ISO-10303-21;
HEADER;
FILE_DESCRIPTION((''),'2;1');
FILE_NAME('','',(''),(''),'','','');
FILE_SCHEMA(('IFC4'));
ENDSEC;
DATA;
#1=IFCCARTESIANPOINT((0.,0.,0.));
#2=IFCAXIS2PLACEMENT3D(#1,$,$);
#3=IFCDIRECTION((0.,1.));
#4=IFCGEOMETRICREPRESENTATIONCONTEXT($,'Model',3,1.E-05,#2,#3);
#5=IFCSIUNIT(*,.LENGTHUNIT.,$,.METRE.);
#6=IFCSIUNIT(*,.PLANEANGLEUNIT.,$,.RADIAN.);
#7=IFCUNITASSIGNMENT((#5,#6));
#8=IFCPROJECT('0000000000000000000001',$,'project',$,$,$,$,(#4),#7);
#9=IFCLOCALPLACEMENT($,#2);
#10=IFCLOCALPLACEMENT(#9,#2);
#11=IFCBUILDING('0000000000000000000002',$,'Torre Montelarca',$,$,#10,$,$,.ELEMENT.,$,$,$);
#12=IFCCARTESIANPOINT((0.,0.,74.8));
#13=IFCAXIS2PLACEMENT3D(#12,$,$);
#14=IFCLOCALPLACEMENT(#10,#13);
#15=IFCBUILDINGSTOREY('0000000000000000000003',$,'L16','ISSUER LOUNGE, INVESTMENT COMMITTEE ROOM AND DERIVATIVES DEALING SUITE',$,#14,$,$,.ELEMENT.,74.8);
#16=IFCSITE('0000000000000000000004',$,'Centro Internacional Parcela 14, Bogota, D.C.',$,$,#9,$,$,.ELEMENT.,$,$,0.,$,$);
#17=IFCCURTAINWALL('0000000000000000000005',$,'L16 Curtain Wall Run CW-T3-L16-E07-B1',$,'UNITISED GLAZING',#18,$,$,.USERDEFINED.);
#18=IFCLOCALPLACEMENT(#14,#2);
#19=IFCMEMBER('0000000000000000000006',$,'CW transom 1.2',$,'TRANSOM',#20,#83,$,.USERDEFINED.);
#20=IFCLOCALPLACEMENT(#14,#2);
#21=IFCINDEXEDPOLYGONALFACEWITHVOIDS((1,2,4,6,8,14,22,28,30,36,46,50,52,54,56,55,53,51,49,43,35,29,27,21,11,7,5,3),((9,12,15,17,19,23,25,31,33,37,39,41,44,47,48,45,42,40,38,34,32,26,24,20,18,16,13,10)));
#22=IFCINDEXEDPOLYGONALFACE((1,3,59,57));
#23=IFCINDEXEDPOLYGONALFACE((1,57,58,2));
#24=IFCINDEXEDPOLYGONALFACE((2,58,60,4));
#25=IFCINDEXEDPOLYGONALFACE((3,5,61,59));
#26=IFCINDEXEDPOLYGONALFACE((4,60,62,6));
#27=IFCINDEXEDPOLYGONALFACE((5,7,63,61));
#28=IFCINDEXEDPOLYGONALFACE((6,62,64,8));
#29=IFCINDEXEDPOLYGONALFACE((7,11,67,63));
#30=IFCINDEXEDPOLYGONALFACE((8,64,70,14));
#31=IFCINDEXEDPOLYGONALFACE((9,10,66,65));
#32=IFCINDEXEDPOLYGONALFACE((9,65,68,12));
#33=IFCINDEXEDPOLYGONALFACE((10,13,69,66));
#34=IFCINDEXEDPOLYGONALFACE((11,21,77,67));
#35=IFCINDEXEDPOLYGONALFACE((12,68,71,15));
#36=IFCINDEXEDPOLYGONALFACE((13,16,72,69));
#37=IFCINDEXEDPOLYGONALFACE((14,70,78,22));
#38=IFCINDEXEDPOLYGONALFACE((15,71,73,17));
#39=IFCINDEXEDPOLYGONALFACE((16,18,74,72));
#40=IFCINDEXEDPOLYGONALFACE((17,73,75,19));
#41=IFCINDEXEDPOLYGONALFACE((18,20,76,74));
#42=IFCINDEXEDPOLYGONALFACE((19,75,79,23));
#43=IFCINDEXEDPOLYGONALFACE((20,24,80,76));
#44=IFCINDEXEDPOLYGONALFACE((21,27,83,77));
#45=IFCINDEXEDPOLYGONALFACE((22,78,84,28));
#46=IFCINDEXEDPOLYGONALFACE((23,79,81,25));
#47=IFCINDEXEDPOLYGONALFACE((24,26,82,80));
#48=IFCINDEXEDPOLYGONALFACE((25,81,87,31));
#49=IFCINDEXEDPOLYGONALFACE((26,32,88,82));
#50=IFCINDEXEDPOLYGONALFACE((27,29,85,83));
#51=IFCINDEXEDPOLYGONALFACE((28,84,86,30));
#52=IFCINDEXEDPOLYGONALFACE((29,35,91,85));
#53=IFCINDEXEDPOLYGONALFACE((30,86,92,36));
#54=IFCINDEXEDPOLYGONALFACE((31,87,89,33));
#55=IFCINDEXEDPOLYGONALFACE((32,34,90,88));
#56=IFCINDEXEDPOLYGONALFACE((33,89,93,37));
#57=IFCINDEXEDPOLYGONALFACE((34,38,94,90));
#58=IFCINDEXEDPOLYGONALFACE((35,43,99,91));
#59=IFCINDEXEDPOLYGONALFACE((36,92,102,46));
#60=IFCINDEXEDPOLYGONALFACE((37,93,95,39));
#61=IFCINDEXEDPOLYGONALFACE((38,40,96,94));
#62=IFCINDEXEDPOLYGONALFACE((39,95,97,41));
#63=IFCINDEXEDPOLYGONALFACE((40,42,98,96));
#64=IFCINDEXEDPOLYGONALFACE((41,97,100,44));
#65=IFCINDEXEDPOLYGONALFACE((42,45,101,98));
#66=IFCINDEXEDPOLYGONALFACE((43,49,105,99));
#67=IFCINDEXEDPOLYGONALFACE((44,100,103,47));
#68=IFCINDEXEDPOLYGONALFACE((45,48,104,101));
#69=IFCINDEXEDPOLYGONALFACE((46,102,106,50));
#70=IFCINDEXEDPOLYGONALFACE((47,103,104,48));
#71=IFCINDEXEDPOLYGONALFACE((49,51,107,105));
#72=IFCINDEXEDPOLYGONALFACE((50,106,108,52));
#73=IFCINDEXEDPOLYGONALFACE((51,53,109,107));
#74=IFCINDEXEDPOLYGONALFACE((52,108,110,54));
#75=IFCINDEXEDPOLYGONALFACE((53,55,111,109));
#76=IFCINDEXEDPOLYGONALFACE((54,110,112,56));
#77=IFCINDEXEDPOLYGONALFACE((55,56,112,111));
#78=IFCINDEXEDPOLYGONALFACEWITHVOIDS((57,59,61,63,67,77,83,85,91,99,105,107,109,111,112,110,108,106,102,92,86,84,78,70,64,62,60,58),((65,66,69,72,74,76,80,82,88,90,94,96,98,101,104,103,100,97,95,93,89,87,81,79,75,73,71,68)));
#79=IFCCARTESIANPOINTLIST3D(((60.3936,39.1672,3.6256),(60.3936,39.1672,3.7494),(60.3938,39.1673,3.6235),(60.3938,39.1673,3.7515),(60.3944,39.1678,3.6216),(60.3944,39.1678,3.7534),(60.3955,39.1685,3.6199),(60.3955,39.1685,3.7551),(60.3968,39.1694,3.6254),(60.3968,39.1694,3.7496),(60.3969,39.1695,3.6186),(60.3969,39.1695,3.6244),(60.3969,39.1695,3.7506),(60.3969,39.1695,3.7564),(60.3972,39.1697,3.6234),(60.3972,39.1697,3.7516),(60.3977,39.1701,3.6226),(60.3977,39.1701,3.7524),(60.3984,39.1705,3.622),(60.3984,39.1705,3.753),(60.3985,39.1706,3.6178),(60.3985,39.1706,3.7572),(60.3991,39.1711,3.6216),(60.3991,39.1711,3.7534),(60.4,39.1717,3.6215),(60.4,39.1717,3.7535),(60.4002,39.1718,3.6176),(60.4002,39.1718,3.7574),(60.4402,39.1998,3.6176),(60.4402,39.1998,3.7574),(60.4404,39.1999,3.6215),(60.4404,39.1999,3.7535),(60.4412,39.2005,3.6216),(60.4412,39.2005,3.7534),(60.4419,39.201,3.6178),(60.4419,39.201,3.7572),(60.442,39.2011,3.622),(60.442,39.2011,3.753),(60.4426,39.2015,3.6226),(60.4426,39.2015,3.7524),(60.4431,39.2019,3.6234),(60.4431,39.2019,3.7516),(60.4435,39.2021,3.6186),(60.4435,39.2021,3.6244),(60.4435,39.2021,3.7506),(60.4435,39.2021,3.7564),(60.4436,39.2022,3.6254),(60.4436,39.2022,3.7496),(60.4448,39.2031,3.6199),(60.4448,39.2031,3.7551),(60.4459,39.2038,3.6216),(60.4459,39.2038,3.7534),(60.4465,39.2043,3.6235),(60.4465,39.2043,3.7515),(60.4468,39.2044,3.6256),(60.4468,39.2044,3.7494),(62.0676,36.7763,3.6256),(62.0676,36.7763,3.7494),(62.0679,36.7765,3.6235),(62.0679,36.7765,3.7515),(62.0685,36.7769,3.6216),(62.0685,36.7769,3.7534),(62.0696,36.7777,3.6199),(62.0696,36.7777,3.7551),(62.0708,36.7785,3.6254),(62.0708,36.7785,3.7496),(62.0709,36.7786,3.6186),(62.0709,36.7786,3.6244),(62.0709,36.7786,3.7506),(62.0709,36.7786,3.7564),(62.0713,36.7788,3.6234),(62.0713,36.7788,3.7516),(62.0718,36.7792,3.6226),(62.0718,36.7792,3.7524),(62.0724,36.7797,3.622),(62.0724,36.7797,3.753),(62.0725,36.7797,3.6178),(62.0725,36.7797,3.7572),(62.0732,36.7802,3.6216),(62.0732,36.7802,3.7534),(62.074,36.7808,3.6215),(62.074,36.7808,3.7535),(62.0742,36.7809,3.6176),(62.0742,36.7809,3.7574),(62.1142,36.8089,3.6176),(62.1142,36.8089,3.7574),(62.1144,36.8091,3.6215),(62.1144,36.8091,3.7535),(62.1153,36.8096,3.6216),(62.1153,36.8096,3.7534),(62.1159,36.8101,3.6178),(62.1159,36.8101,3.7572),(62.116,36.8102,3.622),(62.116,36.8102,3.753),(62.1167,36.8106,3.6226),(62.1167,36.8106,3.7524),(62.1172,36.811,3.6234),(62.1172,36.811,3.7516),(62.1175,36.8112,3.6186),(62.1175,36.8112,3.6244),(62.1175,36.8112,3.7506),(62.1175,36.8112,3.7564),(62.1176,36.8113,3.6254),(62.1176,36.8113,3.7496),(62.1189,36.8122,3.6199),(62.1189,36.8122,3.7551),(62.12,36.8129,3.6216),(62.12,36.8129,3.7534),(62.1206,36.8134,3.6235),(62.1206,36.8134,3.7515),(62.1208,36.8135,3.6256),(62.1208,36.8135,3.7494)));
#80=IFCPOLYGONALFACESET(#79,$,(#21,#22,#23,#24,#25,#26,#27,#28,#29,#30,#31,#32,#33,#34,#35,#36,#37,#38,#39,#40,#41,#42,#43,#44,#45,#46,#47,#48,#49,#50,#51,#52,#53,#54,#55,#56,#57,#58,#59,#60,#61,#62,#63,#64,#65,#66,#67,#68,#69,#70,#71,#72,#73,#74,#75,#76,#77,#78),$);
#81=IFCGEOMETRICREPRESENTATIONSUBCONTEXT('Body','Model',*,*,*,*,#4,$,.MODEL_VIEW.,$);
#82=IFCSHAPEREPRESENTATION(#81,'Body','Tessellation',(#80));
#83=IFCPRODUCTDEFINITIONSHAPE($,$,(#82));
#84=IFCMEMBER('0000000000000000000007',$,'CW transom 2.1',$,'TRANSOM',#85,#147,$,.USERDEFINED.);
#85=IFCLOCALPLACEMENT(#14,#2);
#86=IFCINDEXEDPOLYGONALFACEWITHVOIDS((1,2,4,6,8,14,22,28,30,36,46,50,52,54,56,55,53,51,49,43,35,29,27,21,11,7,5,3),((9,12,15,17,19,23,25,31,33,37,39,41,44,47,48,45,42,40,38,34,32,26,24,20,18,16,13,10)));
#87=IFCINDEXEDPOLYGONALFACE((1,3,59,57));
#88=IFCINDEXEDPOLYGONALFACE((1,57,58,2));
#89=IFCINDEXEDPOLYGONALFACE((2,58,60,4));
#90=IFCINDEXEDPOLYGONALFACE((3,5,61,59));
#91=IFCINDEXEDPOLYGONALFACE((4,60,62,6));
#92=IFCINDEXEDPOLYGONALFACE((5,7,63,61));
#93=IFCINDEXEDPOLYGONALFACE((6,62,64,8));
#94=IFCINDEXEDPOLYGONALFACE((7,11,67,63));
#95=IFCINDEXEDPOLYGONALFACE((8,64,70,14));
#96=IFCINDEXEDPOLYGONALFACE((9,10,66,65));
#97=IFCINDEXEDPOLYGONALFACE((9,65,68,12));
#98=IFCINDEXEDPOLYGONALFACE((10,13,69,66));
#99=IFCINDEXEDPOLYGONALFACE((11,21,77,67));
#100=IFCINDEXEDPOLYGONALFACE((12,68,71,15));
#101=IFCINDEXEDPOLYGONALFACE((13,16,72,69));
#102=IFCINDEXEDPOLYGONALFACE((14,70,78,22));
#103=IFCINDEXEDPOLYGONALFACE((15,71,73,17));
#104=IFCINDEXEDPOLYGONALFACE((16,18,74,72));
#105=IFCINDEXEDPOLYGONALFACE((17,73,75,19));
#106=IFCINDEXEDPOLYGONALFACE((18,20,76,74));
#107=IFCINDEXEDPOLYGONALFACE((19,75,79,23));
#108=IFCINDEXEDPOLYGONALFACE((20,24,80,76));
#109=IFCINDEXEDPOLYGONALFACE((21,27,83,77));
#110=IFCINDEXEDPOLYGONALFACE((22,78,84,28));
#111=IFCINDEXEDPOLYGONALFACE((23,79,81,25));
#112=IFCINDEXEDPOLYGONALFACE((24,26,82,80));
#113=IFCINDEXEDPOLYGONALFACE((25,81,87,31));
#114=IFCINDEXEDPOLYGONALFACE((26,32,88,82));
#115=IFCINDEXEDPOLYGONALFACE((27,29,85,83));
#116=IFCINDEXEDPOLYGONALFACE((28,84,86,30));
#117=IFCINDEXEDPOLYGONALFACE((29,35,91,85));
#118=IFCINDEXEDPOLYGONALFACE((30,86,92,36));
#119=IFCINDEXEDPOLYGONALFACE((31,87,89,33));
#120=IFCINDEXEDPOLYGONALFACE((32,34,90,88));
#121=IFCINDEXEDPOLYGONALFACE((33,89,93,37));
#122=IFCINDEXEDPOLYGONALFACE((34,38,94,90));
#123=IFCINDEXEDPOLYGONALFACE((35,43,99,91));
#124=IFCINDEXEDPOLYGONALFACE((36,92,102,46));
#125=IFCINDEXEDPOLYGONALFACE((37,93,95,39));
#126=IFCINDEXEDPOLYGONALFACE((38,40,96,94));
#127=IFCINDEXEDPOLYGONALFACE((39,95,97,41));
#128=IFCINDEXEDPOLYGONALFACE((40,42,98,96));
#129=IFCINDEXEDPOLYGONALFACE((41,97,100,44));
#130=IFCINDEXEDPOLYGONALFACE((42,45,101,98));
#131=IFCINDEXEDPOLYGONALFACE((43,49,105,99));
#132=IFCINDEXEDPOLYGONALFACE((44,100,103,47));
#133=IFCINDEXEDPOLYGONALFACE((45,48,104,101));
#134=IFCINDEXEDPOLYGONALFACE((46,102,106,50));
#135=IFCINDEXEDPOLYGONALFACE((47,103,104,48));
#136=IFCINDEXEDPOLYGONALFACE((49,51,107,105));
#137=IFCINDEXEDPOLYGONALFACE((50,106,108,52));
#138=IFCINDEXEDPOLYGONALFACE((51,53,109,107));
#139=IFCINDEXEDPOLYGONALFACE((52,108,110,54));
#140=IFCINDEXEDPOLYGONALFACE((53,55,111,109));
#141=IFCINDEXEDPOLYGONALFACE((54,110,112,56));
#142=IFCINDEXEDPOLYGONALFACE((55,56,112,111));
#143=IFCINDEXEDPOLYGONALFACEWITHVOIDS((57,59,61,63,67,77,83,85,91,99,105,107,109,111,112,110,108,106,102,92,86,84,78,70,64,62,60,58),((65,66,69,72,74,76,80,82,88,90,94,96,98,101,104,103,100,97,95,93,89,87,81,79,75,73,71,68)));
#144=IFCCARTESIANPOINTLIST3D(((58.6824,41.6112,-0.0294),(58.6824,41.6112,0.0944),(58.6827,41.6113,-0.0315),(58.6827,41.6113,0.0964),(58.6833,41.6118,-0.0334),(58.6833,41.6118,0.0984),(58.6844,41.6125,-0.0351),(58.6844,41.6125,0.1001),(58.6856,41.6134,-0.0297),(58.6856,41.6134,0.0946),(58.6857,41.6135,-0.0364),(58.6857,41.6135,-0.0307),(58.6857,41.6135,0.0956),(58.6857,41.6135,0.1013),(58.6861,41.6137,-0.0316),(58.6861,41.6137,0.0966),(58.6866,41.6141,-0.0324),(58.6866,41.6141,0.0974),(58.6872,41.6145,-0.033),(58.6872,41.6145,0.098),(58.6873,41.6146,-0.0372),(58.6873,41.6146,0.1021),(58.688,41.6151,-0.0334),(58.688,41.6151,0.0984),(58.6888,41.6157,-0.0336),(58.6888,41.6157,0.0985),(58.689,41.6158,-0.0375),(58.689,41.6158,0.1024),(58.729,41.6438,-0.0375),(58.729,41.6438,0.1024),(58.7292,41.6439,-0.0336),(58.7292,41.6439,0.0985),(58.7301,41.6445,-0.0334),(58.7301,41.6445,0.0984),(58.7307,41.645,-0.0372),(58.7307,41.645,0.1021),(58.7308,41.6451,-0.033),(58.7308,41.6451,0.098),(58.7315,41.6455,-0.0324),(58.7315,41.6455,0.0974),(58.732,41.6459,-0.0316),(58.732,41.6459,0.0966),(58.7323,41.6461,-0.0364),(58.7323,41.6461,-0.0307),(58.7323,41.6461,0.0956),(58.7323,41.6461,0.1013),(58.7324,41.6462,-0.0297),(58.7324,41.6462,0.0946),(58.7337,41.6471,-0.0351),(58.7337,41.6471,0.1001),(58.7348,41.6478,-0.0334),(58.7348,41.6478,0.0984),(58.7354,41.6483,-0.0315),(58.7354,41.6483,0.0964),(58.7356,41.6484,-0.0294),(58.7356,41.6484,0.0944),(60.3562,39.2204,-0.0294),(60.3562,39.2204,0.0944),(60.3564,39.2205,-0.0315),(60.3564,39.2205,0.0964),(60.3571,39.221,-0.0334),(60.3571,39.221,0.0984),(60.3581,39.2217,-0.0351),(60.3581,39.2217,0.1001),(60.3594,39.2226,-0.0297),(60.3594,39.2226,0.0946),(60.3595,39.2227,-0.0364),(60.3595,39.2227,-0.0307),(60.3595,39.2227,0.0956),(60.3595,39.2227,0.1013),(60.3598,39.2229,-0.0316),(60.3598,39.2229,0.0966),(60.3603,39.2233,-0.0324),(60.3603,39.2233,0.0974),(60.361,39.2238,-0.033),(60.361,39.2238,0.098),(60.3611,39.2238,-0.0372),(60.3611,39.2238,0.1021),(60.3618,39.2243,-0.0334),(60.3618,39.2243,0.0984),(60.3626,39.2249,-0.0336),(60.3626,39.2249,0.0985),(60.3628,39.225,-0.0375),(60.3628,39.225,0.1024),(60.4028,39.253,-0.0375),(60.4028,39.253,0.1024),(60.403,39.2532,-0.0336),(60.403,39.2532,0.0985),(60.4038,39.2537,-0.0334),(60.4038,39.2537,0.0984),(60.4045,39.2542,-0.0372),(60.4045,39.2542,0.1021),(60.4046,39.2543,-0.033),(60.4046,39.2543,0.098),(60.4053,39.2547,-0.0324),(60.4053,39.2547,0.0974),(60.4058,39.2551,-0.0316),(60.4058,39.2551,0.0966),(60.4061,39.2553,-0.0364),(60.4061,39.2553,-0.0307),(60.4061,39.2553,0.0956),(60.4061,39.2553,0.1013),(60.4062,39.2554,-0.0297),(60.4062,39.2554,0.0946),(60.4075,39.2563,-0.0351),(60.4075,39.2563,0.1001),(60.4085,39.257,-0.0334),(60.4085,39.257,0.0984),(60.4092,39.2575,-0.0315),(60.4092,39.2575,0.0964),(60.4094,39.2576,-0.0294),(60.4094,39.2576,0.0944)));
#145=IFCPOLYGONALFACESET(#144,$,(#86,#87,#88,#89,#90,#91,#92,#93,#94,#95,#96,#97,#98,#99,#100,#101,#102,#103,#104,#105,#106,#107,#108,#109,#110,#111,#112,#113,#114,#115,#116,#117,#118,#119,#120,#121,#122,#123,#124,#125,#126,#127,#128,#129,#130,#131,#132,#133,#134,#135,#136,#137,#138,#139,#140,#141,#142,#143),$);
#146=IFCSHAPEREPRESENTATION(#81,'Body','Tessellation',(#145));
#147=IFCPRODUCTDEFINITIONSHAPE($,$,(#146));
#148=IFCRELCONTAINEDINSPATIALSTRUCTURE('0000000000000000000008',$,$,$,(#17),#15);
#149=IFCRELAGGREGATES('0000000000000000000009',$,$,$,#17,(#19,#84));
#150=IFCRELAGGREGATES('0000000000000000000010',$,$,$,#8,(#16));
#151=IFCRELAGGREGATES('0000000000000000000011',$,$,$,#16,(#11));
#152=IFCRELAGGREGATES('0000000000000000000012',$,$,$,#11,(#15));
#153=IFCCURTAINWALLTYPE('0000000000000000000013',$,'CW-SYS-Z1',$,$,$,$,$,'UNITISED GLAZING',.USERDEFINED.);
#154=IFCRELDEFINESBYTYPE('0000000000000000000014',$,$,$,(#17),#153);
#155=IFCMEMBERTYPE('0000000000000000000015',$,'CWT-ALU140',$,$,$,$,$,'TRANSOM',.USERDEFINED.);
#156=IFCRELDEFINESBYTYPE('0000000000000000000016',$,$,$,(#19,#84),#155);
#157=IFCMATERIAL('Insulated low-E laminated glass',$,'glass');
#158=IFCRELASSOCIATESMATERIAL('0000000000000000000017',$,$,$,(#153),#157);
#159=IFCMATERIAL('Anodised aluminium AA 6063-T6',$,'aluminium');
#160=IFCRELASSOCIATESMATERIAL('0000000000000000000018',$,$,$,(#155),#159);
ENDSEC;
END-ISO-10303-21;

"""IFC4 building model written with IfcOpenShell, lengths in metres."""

from ifc_helpers import new_model, si_unit, direction, frame, origin, origin_2d, place, context, subcontext, project, spatial, hollow_rectangle, extrude, source, transform, mapped, material, material_profile, profile_set, type_object, element, aggregate, save


model = new_model("IFC4")

# Units and contexts
model_context = context("Model", 3, precision=1e-05, world=origin(), true_north=direction((0.0, 1.0)))
body_context = subcontext(model_context, "Body", "Model", "MODEL_VIEW")
ifc_project = project(units=[si_unit("LENGTHUNIT", "METRE"), si_unit("PLANEANGLEUNIT", "RADIAN")], contexts=[model_context])

# Site, building, storey
site_placement = place(None, origin())
site = spatial("IfcSite", under=ifc_project, at=site_placement, Name="Centro Internacional Parcela 14, Bogota, D.C.", CompositionType="ELEMENT", RefElevation=0.0)
building_placement = place(site_placement, origin())
building = spatial("IfcBuilding", under=site, at=building_placement, Name="Torre Montelarca", CompositionType="ELEMENT")
storey_placement = place(building_placement, frame((0.0, 0.0, 74.8)))
storey = spatial("IfcBuildingStorey", under=building, at=storey_placement, Name="L16", Description="ISSUER LOUNGE, INVESTMENT COMMITTEE ROOM AND DERIVATIVES DEALING SUITE", CompositionType="ELEMENT", Elevation=74.8)

# Curtain wall, members
ifc_material_1 = material(Name="Insulated low-E laminated glass", Category="glass")
curtain_wall_type = type_object("IfcCurtainWallType", Name="CW-SYS-Z1", ElementType="UNITISED GLAZING", PredefinedType="USERDEFINED", material=ifc_material_1)
curtain_wall_1_placement = place(storey_placement, origin())
curtain_wall_1 = element("IfcCurtainWall", 1, at=curtain_wall_1_placement, inside=storey, type_object=curtain_wall_type, Name="L16 Curtain Wall Run CW-T3-L16-E07-B1", ObjectType="UNITISED GLAZING", PredefinedType="USERDEFINED")
ifc_material_2 = material(Name="Anodised aluminium AA 6063-T6", Category="aluminium")
ifc_material_profile_1 = material_profile(ifc_material_2, hollow_rectangle(XDim=0.0649, YDim=0.1399, WallThickness=0.0039, InnerFilletRadius=0.0039, OuterFilletRadius=0.0081, at=origin_2d()), Name="ALU65X140X4", Category="aluminium")
ifc_profile_set_1 = profile_set([ifc_material_profile_1], Name="Anodised aluminium AA 6063-T6")
member_type_1 = type_object("IfcMemberType", Name="CWT-ALU140", ElementType="TRANSOM", PredefinedType="USERDEFINED", material=ifc_profile_set_1)
shared_shape_1 = source(origin(), body_context, "Body", "SweptSolid", [
    extrude(hollow_rectangle(XDim=0.0649, YDim=0.1399, WallThickness=0.0039, InnerFilletRadius=0.0039, OuterFilletRadius=0.0081, at=origin_2d()), origin(), (0.0, 0.0, 1.0), 2.9187),
])
member_1_placement = place(storey_placement, frame((62.0942, 36.7949, 3.6875), z_axis=(-0.573569, 0.819157, 0.0), x_axis=(-0.819157, -0.573569, 0.0)))
member_1 = element("IfcMember", 2, at=member_1_placement, type_object=member_type_1, Name="CW transom 1.2", ObjectType="TRANSOM", PredefinedType="USERDEFINED", context=body_context, shape_type="MappedRepresentation", body=[
    mapped(shared_shape_1, transform((0.0, 0.0, 0.0), scale=1.0)),
])
shared_shape_2 = source(origin(), body_context, "Body", "SweptSolid", [
    extrude(hollow_rectangle(XDim=0.0649, YDim=0.1399, WallThickness=0.0039, InnerFilletRadius=0.0039, OuterFilletRadius=0.0081, at=origin_2d()), origin(), (0.0, 0.0, 1.0), 2.9185),
])
member_2_placement = place(storey_placement, frame((60.3828, 39.239, 0.0325), z_axis=(-0.573513, 0.819197, 0.0), x_axis=(-0.819197, -0.573513, 0.0)))
member_2 = element("IfcMember", 3, at=member_2_placement, type_object=member_type_1, Name="CW transom 2.1", ObjectType="TRANSOM", PredefinedType="USERDEFINED", context=body_context, shape_type="MappedRepresentation", body=[
    mapped(shared_shape_2, transform((0.0, 0.0, 0.0), scale=1.0)),
])

aggregate(curtain_wall_1, [member_1, member_2])

save(model, "model.ifc")
